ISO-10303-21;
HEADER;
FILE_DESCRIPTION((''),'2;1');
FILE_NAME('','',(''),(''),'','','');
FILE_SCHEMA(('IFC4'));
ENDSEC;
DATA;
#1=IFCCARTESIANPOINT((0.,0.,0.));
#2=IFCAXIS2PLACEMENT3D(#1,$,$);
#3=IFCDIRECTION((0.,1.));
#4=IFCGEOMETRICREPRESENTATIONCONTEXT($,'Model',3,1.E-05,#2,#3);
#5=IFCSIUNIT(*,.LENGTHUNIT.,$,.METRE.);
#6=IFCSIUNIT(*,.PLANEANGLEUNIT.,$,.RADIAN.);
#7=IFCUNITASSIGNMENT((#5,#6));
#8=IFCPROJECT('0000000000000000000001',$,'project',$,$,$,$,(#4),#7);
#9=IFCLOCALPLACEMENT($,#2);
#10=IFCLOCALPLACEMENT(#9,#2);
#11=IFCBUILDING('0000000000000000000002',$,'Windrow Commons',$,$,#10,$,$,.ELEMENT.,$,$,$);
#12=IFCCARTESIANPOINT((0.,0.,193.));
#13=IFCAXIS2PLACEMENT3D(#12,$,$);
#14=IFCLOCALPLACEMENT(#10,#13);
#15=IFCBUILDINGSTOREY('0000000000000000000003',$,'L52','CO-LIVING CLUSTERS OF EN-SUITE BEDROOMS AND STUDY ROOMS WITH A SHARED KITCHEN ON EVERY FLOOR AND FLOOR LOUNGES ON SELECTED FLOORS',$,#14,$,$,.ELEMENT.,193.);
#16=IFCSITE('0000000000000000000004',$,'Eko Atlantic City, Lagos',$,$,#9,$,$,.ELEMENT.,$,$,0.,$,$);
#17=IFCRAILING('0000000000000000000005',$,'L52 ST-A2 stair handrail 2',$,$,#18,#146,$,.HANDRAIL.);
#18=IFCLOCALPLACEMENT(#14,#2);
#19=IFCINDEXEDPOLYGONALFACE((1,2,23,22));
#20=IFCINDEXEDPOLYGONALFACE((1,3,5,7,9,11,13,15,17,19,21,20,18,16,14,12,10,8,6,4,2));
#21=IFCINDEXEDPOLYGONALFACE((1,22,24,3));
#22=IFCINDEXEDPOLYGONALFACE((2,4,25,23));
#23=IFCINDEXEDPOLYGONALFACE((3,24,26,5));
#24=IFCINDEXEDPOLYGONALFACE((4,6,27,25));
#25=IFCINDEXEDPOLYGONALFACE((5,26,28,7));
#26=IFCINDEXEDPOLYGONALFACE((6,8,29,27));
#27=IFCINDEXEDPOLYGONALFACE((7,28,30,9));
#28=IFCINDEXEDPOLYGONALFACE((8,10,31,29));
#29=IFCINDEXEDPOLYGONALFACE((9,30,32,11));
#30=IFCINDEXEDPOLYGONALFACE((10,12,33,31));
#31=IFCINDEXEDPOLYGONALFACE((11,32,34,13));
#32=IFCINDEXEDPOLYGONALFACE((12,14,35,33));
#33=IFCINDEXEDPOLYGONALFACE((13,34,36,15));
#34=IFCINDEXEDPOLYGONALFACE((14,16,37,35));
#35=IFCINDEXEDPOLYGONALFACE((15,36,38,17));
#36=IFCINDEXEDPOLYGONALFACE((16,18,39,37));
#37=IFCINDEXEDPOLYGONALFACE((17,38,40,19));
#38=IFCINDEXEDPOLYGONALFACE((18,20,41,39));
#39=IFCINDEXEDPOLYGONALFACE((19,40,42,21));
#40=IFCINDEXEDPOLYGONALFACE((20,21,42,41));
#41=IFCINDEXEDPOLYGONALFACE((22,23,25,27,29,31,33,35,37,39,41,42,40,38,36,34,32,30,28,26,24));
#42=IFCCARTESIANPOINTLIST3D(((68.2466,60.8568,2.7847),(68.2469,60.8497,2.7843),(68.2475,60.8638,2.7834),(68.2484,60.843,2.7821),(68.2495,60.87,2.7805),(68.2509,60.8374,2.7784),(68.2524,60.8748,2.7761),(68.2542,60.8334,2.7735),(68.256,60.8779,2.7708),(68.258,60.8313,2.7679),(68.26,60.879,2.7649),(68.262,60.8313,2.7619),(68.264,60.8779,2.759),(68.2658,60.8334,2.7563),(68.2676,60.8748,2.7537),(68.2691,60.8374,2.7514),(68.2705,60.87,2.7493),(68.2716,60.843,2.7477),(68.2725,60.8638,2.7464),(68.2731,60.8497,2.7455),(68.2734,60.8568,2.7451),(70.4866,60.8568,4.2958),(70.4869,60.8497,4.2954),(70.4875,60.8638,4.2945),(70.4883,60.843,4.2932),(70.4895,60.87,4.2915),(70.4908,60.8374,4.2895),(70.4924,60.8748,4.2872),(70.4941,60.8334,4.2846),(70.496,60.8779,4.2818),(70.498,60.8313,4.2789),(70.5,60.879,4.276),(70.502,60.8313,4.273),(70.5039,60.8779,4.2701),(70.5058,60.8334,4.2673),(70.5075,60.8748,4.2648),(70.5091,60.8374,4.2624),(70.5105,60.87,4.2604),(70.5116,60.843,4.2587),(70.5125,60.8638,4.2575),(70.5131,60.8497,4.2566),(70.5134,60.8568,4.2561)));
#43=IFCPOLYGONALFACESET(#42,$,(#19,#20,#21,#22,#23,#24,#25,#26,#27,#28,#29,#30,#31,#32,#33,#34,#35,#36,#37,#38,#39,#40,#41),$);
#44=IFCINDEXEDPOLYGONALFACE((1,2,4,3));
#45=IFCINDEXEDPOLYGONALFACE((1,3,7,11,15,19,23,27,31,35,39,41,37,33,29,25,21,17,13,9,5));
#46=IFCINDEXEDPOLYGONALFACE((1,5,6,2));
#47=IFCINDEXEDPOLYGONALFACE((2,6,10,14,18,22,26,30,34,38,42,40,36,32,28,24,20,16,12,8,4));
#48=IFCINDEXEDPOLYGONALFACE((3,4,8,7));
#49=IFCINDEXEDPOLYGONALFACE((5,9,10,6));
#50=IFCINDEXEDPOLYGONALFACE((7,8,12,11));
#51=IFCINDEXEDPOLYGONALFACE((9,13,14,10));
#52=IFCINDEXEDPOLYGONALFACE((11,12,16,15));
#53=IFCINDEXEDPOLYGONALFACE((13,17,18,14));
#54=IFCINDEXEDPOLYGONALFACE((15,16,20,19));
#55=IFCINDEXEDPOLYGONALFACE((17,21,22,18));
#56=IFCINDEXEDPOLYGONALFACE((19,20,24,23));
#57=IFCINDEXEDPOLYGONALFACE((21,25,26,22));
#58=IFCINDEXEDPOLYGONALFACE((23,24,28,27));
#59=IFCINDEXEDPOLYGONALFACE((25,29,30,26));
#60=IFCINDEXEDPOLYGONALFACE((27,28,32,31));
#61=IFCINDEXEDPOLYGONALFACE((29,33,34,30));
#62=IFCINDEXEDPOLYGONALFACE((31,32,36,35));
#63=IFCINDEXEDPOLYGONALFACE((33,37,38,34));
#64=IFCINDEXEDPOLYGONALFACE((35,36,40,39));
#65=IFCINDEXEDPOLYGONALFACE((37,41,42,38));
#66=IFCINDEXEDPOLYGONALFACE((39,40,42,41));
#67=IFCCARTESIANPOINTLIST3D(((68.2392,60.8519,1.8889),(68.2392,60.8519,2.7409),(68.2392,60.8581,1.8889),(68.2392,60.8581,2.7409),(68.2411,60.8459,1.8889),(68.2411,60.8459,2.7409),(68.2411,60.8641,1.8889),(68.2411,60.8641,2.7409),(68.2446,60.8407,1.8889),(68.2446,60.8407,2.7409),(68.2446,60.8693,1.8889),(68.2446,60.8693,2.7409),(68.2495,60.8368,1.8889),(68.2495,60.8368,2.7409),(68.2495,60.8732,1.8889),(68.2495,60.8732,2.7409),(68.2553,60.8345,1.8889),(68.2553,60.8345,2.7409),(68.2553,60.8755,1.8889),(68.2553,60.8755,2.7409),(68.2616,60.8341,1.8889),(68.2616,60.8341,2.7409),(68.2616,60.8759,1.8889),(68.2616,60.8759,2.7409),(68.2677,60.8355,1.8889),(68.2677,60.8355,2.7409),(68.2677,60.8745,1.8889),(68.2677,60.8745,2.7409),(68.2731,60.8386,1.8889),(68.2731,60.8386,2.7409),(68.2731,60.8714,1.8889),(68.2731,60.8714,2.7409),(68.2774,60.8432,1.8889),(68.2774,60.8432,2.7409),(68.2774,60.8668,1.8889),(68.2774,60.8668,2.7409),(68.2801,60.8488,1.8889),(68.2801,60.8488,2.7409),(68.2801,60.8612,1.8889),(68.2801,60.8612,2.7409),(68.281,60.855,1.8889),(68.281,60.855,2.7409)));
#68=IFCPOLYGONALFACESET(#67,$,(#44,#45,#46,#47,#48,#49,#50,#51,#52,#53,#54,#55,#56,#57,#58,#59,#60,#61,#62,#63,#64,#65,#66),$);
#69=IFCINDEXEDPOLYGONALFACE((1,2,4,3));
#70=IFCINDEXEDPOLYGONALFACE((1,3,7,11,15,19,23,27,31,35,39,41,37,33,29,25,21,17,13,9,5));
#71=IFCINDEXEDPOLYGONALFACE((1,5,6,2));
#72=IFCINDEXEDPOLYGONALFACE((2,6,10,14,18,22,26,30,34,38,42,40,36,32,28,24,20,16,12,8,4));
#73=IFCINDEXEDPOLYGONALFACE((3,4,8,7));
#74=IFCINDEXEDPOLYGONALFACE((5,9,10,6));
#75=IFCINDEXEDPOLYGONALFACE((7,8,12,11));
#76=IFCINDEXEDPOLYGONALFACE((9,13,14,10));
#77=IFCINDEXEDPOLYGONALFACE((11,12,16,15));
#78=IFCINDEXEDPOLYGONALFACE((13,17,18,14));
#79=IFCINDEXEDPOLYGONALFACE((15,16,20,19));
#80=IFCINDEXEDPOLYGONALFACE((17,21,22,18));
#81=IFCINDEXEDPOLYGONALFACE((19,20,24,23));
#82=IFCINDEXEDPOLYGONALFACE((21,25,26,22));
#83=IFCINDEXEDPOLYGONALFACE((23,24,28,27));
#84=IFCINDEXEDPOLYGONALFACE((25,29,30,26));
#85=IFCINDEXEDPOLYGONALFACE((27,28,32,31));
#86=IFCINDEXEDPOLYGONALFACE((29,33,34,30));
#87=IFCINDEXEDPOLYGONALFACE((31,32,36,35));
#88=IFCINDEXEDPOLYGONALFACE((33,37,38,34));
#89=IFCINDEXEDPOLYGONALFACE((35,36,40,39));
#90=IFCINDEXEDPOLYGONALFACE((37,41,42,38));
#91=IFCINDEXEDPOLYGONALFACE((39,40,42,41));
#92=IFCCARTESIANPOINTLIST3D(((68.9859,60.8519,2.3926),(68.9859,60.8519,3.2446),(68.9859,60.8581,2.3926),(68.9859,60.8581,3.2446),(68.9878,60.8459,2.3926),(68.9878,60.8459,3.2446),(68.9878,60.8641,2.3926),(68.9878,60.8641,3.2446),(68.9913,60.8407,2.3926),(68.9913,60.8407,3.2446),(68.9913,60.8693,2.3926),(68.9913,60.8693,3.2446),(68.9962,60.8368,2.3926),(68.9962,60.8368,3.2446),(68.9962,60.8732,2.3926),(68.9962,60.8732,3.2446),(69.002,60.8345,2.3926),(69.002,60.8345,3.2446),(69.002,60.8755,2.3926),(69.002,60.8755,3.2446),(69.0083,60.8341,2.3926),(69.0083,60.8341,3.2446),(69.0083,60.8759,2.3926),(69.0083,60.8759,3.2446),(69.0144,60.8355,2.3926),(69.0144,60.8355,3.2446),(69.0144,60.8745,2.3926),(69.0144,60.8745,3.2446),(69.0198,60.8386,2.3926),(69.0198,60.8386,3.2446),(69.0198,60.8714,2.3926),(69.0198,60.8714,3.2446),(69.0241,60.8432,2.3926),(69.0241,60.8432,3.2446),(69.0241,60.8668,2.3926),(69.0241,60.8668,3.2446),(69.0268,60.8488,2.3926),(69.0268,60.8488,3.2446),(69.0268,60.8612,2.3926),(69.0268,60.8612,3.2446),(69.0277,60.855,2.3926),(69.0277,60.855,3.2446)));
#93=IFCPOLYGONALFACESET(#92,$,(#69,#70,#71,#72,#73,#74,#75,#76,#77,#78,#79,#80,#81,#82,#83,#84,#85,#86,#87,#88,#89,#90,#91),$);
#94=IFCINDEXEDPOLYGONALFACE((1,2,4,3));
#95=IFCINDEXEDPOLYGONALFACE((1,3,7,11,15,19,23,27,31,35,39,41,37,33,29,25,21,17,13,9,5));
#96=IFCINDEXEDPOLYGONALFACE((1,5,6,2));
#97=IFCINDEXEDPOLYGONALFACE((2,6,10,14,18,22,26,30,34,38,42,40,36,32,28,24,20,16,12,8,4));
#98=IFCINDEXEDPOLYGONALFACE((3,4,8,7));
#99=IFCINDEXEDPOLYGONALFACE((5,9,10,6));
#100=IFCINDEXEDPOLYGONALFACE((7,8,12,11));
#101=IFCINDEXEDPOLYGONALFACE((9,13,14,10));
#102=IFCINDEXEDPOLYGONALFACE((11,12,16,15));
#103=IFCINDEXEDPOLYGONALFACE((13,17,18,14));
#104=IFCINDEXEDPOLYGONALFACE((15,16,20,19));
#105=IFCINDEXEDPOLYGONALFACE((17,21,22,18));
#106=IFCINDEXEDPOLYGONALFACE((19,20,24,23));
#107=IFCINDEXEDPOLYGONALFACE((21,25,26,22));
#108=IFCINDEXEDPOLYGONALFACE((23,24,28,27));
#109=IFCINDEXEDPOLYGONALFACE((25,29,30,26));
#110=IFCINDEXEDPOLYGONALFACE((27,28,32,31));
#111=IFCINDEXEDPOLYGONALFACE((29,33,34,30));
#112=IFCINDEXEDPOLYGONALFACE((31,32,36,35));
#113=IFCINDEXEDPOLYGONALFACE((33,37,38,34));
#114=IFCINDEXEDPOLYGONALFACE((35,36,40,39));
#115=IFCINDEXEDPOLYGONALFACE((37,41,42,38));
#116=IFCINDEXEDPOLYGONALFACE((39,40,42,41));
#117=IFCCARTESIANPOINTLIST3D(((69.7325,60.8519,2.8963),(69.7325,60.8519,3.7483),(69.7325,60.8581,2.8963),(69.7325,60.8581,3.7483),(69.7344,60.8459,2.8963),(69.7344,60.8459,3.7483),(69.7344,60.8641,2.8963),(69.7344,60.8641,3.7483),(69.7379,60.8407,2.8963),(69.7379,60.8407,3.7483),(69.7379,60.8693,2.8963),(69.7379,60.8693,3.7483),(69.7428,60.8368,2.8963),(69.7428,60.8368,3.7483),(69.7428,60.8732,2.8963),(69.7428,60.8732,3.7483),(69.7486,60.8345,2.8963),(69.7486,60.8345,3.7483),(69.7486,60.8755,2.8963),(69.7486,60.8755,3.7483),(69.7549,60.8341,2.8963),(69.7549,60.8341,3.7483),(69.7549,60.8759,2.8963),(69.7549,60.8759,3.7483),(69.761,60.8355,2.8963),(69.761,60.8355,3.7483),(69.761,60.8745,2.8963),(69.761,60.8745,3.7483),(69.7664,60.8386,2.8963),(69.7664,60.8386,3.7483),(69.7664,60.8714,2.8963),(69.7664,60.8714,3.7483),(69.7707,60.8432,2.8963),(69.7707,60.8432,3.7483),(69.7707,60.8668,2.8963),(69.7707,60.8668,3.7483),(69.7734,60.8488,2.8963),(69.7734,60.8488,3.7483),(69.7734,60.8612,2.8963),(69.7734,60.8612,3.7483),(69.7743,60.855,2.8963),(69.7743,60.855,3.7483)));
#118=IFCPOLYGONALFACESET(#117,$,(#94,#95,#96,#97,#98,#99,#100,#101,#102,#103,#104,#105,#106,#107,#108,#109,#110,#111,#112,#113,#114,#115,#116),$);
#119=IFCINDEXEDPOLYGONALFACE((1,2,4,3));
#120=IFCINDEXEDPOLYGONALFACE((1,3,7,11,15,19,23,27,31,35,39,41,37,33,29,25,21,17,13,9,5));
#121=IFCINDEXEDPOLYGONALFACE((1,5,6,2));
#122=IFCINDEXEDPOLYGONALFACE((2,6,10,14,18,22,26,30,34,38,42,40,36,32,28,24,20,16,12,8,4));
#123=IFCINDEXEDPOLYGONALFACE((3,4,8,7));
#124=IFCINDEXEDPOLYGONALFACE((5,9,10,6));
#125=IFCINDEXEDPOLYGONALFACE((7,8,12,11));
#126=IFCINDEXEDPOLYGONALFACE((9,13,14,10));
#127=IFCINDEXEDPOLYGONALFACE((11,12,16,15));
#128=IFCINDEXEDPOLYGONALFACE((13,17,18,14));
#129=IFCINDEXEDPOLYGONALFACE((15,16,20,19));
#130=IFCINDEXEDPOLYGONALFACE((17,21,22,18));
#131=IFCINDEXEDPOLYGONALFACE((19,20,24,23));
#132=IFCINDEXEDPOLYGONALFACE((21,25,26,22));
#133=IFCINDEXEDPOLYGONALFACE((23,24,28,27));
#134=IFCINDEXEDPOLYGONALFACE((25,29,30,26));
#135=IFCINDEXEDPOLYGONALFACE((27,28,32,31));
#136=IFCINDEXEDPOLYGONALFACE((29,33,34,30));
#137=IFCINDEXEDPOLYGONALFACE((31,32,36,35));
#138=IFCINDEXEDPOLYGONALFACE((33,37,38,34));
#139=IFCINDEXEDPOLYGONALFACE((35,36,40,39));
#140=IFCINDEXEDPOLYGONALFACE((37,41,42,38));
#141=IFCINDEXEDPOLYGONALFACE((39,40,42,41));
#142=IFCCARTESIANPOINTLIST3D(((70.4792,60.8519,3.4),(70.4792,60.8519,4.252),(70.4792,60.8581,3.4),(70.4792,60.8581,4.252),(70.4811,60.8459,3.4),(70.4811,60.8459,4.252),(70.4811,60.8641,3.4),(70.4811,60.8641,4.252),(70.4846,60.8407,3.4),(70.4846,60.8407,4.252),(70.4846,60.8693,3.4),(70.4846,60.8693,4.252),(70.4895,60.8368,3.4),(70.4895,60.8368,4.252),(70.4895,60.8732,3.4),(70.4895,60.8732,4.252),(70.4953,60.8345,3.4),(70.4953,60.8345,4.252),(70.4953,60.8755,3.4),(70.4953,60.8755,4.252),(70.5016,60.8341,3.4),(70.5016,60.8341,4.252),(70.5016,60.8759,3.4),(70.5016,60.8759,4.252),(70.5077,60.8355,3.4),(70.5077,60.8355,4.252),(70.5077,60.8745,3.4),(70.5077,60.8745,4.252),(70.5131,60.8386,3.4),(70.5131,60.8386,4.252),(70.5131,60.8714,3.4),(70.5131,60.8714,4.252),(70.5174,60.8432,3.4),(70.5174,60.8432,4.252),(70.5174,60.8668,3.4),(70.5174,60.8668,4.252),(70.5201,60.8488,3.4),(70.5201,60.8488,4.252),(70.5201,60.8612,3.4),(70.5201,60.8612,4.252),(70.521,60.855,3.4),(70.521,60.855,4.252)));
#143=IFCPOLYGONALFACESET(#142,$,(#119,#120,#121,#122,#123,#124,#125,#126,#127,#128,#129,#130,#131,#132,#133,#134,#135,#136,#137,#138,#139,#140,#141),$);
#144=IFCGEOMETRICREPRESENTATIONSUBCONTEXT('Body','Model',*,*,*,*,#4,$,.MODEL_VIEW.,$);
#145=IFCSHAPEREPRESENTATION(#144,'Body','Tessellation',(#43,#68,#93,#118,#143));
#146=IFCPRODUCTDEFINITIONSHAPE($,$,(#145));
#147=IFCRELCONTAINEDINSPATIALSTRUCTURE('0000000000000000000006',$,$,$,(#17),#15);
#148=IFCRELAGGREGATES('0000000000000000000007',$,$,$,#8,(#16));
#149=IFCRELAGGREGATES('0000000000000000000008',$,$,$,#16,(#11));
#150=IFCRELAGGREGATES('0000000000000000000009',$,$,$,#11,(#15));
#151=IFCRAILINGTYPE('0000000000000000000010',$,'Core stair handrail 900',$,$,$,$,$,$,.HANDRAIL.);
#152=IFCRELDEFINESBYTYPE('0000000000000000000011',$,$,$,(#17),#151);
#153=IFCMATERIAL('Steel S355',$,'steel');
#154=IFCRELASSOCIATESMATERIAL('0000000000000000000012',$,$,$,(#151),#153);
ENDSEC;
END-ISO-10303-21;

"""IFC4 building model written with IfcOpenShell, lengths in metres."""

from ifc_helpers import new_model, si_unit, direction, frame, origin, origin_2d, place, context, subcontext, project, spatial, circle, extrude, material, type_object, element, save


model = new_model("IFC4")

# Units and contexts
model_context = context("Model", 3, precision=1e-05, world=origin(), true_north=direction((0.0, 1.0)))
body_context = subcontext(model_context, "Body", "Model", "MODEL_VIEW")
ifc_project = project(units=[si_unit("LENGTHUNIT", "METRE"), si_unit("PLANEANGLEUNIT", "RADIAN")], contexts=[model_context])

# Site, building, storey
site_placement = place(None, origin())
site = spatial("IfcSite", under=ifc_project, at=site_placement, Name="Eko Atlantic City, Lagos", CompositionType="ELEMENT", RefElevation=0.0)
building_placement = place(site_placement, origin())
building = spatial("IfcBuilding", under=site, at=building_placement, Name="Windrow Commons", CompositionType="ELEMENT")
storey_placement = place(building_placement, frame((0.0, 0.0, 193.0)))
storey = spatial("IfcBuildingStorey", under=building, at=storey_placement, Name="L52", Description="CO-LIVING CLUSTERS OF EN-SUITE BEDROOMS AND STUDY ROOMS WITH A SHARED KITCHEN ON EVERY FLOOR AND FLOOR LOUNGES ON SELECTED FLOORS", CompositionType="ELEMENT", Elevation=193.0)

# Railing
ifc_material_1 = material(Name="Steel S355", Category="steel")
railing_type_1 = type_object("IfcRailingType", Name="Core stair handrail 900", PredefinedType="HANDRAIL", material=ifc_material_1)
railing_1_placement = place(storey_placement, frame((68.26, 60.855, 1.8889)))
element("IfcRailing", 1, at=railing_1_placement, inside=storey, type_object=railing_type_1, Name="L52 ST-A2 stair handrail 2", PredefinedType="HANDRAIL", context=body_context, shape_type="SweptSolid", body=[
    extrude(circle(Radius=0.024, at=origin_2d()), frame((0.0, 0.0, 0.876), z_axis=(0.829003, 0.0, 0.559244), x_axis=(0.0, 1.0, 0.0)), (0.0, 0.0, 1.0), 2.702),
    extrude(circle(Radius=0.021, at=origin_2d()), origin(), (0.0, 0.0, 1.0), 0.852),
    extrude(circle(Radius=0.021, at=origin_2d()), frame((0.7467, 0.0, 0.5037)), (0.0, 0.0, 1.0), 0.852),
    extrude(circle(Radius=0.021, at=origin_2d()), frame((1.4933, 0.0, 1.0074)), (0.0, 0.0, 1.0), 0.852),
    extrude(circle(Radius=0.021, at=origin_2d()), frame((2.24, 0.0, 1.5111)), (0.0, 0.0, 1.0), 0.852),
])

save(model, "model.ifc")
